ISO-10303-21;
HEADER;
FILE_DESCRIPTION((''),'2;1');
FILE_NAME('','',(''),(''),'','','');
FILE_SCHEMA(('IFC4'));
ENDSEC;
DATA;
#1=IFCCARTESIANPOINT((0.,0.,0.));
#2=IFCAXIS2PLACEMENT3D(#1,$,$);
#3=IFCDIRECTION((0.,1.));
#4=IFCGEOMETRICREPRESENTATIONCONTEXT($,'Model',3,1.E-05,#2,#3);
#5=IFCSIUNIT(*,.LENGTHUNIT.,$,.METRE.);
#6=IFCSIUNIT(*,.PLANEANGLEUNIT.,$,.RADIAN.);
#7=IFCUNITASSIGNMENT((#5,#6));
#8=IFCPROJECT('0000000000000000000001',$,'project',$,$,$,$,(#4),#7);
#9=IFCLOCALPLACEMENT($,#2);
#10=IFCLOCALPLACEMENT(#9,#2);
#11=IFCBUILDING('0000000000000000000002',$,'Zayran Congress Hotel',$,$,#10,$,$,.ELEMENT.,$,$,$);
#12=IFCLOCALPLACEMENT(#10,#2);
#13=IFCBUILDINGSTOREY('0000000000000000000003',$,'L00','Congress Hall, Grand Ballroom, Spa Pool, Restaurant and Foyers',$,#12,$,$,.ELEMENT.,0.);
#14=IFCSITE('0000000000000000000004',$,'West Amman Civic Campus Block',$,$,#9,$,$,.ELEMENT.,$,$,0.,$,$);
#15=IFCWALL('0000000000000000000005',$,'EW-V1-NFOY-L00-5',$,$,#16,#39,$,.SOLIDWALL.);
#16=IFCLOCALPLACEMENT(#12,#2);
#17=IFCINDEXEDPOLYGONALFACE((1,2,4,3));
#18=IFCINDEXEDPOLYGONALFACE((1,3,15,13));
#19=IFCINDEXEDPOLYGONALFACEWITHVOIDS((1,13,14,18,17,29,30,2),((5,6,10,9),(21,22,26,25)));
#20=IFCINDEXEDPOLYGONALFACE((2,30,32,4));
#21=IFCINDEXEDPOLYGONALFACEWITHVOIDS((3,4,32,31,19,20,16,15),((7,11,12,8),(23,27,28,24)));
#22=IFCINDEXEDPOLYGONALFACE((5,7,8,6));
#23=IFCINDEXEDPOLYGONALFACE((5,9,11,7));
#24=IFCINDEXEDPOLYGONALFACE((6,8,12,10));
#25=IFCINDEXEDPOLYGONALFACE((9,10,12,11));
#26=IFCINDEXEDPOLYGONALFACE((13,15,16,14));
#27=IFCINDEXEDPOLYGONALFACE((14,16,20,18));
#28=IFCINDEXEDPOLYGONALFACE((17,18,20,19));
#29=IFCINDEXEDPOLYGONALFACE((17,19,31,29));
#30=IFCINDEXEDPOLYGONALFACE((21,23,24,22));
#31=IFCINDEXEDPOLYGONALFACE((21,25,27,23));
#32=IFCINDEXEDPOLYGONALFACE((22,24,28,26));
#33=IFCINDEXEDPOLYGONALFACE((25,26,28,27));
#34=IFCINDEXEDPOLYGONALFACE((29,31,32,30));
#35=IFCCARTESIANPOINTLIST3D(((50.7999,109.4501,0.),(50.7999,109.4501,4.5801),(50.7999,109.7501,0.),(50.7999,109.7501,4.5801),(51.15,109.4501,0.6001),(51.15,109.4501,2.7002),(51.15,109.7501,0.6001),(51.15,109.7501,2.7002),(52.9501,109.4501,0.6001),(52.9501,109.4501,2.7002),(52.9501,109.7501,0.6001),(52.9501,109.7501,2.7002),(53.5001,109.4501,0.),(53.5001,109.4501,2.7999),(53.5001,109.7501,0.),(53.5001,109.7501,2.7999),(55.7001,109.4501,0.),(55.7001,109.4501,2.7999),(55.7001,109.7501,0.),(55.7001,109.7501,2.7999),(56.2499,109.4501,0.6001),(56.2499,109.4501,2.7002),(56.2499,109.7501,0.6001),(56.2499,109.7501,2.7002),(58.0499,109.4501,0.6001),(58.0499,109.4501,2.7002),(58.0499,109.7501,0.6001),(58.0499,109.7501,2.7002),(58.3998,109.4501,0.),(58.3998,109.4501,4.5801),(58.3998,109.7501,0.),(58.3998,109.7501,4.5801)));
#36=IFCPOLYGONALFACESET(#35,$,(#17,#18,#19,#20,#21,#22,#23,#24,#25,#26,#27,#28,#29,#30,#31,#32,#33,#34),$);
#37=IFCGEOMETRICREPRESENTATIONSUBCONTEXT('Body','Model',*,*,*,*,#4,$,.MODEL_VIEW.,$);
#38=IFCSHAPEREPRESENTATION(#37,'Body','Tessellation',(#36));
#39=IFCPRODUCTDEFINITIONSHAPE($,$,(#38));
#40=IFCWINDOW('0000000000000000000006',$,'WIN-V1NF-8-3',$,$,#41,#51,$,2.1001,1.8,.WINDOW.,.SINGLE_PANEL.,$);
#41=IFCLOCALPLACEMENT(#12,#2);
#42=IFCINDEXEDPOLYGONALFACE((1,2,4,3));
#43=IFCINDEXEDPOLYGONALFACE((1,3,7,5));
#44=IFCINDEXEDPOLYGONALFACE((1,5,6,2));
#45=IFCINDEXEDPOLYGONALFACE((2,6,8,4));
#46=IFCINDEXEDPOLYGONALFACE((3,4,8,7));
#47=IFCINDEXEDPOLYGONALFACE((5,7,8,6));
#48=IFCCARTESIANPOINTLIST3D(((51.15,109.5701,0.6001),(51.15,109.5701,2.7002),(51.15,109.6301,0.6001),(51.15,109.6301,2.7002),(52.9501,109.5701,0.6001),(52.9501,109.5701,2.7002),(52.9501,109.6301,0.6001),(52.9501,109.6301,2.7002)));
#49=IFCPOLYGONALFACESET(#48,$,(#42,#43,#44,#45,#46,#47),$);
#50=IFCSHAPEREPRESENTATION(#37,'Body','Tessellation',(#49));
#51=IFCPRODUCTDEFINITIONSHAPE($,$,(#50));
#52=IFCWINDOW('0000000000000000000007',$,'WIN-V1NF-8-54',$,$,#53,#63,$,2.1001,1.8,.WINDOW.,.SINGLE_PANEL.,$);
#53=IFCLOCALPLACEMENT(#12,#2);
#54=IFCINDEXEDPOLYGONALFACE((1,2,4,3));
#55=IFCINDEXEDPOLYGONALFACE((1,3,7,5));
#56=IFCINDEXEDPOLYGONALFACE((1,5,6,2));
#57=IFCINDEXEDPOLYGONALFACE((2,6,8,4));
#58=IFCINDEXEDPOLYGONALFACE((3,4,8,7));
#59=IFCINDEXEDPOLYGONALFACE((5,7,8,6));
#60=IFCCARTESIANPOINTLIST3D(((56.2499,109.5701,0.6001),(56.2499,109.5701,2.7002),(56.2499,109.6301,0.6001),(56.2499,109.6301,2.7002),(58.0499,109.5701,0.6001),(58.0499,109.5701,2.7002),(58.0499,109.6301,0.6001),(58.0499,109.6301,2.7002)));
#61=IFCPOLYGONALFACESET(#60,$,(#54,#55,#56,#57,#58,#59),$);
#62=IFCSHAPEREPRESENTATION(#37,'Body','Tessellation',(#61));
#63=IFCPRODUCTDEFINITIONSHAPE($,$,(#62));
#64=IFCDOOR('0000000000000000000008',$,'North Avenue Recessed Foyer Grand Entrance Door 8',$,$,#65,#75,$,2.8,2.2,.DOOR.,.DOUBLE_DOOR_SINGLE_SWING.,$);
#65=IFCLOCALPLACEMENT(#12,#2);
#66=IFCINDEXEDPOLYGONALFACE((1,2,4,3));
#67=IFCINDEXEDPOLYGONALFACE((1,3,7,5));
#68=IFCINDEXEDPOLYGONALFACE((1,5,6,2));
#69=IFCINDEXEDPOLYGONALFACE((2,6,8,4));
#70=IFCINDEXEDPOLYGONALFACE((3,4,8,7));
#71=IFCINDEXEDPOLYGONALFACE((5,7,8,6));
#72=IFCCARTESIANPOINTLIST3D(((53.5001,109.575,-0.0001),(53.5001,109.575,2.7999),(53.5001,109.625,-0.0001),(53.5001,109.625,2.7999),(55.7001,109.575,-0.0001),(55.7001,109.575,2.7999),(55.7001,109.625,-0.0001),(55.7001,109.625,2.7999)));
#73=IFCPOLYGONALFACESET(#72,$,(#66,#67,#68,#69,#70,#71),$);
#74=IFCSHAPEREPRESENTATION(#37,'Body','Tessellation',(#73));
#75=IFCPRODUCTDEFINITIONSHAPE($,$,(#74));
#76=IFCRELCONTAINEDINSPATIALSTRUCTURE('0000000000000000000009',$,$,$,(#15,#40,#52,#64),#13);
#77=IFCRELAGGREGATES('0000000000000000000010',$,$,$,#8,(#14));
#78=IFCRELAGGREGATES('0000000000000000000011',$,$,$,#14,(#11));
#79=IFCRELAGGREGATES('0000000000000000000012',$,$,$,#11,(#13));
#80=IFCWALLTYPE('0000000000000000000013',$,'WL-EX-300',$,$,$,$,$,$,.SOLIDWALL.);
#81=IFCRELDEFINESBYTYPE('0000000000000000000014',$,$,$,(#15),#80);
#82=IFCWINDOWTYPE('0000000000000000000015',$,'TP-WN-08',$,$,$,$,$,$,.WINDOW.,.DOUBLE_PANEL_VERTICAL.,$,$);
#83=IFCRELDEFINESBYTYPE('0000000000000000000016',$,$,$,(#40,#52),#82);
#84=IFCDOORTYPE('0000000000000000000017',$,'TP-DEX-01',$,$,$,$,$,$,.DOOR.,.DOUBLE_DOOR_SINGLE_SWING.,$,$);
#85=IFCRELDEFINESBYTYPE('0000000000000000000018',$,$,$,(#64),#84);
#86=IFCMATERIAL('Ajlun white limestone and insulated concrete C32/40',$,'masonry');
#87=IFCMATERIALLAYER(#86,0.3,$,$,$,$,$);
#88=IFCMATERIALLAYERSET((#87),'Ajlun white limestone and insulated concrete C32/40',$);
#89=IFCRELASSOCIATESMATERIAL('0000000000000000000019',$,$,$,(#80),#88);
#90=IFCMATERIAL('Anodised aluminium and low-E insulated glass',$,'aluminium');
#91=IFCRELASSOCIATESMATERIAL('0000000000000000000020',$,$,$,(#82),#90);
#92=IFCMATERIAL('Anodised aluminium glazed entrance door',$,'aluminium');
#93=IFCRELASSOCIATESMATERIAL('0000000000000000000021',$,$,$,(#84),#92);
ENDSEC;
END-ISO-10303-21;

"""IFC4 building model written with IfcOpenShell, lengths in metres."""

from ifc_helpers import new_model, si_unit, direction, frame, frame_2d, origin, place, context, subcontext, project, spatial, rectangle, extrude, material, layer, layer_set, type_object, element, fill, save


model = new_model("IFC4")

# Units and contexts
model_context = context("Model", 3, precision=1e-05, world=origin(), true_north=direction((0.0, 1.0)))
body_context = subcontext(model_context, "Body", "Model", "MODEL_VIEW")
ifc_project = project(units=[si_unit("LENGTHUNIT", "METRE"), si_unit("PLANEANGLEUNIT", "RADIAN")], contexts=[model_context])

# Site, building, storey
site_placement = place(None, origin())
site = spatial("IfcSite", under=ifc_project, at=site_placement, Name="West Amman Civic Campus Block", CompositionType="ELEMENT", RefElevation=0.0)
building_placement = place(site_placement, origin())
building = spatial("IfcBuilding", under=site, at=building_placement, Name="Zayran Congress Hotel", CompositionType="ELEMENT")
storey_placement = place(building_placement, origin())
storey = spatial("IfcBuildingStorey", under=building, at=storey_placement, Name="L00", Description="Congress Hall, Grand Ballroom, Spa Pool, Restaurant and Foyers", CompositionType="ELEMENT", Elevation=0.0)

# Wall, openings, windows, door
ifc_material_1 = material(Name="Ajlun white limestone and insulated concrete C32/40", Category="masonry")
ifc_layer = layer(ifc_material_1, 0.3)
ifc_layer_set = layer_set([ifc_layer], Name="Ajlun white limestone and insulated concrete C32/40")
wall_type = type_object("IfcWallType", Name="WL-EX-300", PredefinedType="SOLIDWALL", material=ifc_layer_set)
ifc_material_2 = material(Name="Anodised aluminium and low-E insulated glass", Category="aluminium")
window_type = type_object("IfcWindowType", Name="TP-WN-08", PartitioningType="DOUBLE_PANEL_VERTICAL", PredefinedType="WINDOW", material=ifc_material_2)
ifc_material_3 = material(Name="Anodised aluminium glazed entrance door", Category="aluminium")
door_type = type_object("IfcDoorType", Name="TP-DEX-01", OperationType="DOUBLE_DOOR_SINGLE_SWING", PredefinedType="DOOR", material=ifc_material_3)
wall_1_placement = place(storey_placement, frame((50.8, 109.6001, 0.0), z_axis=(0.0, 0.0, 1.0), x_axis=(1.0, 0.0, 0.0)))
wall_1 = element("IfcWall", 1, at=wall_1_placement, inside=storey, type_object=wall_type, Name="EW-V1-NFOY-L00-5", PredefinedType="SOLIDWALL", context=body_context, shape_type="SweptSolid", body=[
    extrude(rectangle(XDim=7.5999, YDim=0.3, at=frame_2d((3.7998, 0.0))), origin(), (0.0, 0.0, 1.0), 4.5801),
])
opening_1_placement = place(wall_1_placement, frame((2.7, 0.0, 0.0)))
opening_1 = element("IfcOpeningElement", 2, at=opening_1_placement, cuts=wall_1, PredefinedType="OPENING", context=body_context, shape_type="SweptSolid", body=[
    extrude(rectangle(XDim=2.2, YDim=2.8, at=frame_2d((1.1001, 1.3999))), frame((0.0, 0.1599, 0.0), z_axis=(0.0, -1.0, 0.0), x_axis=(1.0, 0.0, 0.0)), (0.0, 0.0, 1.0), 0.3201),
])
opening_2_placement = place(wall_1_placement, frame((0.3501, 0.0, 0.6001)))
opening_2 = element("IfcOpeningElement", 3, at=opening_2_placement, cuts=wall_1, PredefinedType="OPENING", context=body_context, shape_type="SweptSolid", body=[
    extrude(rectangle(XDim=1.8, YDim=2.1001, at=frame_2d((0.8999, 1.05))), frame((0.0, 0.1599, 0.0), z_axis=(0.0, -1.0, 0.0), x_axis=(1.0, 0.0, 0.0)), (0.0, 0.0, 1.0), 0.3201),
])
opening_3_placement = place(wall_1_placement, frame((5.45, 0.0, 0.6001)))
opening_3 = element("IfcOpeningElement", 4, at=opening_3_placement, cuts=wall_1, PredefinedType="OPENING", context=body_context, shape_type="SweptSolid", body=[
    extrude(rectangle(XDim=1.8, YDim=2.1001, at=frame_2d((0.8999, 1.05))), frame((0.0, 0.1599, 0.0), z_axis=(0.0, -1.0, 0.0), x_axis=(1.0, 0.0, 0.0)), (0.0, 0.0, 1.0), 0.3201),
])
window_1_placement = place(opening_2_placement, origin())
window_1 = element("IfcWindow", 5, at=window_1_placement, inside=storey, type_object=window_type, Name="WIN-V1NF-8-3", OverallHeight=2.1001, OverallWidth=1.8, PartitioningType="SINGLE_PANEL", PredefinedType="WINDOW", context=body_context, shape_type="SweptSolid", body=[
    extrude(rectangle(XDim=1.8, YDim=2.1001, at=frame_2d((0.8999, 1.05))), frame((0.0, 0.03, 0.0), z_axis=(0.0, -1.0, 0.0), x_axis=(1.0, 0.0, 0.0)), (0.0, 0.0, 1.0), 0.0601),
])
fill(opening_2, window_1)
window_2_placement = place(opening_3_placement, origin())
window_2 = element("IfcWindow", 6, at=window_2_placement, inside=storey, type_object=window_type, Name="WIN-V1NF-8-54", OverallHeight=2.1001, OverallWidth=1.8, PartitioningType="SINGLE_PANEL", PredefinedType="WINDOW", context=body_context, shape_type="SweptSolid", body=[
    extrude(rectangle(XDim=1.8, YDim=2.1001, at=frame_2d((0.8999, 1.05))), frame((0.0, 0.03, 0.0), z_axis=(0.0, -1.0, 0.0), x_axis=(1.0, 0.0, 0.0)), (0.0, 0.0, 1.0), 0.0601),
])
fill(opening_3, window_2)
door_1_placement = place(opening_1_placement, origin())
door_1 = element("IfcDoor", 7, at=door_1_placement, inside=storey, type_object=door_type, Name="North Avenue Recessed Foyer Grand Entrance Door 8", OperationType="DOUBLE_DOOR_SINGLE_SWING", OverallHeight=2.8, OverallWidth=2.2, PredefinedType="DOOR", context=body_context, shape_type="SweptSolid", body=[
    extrude(rectangle(XDim=2.2, YDim=2.8, at=frame_2d((1.1001, 1.3999))), frame((0.0, 0.0249, 0.0), z_axis=(0.0, -1.0, 0.0), x_axis=(1.0, 0.0, 0.0)), (0.0, 0.0, 1.0), 0.05),
])
fill(opening_1, door_1)

save(model, "model.ifc")
